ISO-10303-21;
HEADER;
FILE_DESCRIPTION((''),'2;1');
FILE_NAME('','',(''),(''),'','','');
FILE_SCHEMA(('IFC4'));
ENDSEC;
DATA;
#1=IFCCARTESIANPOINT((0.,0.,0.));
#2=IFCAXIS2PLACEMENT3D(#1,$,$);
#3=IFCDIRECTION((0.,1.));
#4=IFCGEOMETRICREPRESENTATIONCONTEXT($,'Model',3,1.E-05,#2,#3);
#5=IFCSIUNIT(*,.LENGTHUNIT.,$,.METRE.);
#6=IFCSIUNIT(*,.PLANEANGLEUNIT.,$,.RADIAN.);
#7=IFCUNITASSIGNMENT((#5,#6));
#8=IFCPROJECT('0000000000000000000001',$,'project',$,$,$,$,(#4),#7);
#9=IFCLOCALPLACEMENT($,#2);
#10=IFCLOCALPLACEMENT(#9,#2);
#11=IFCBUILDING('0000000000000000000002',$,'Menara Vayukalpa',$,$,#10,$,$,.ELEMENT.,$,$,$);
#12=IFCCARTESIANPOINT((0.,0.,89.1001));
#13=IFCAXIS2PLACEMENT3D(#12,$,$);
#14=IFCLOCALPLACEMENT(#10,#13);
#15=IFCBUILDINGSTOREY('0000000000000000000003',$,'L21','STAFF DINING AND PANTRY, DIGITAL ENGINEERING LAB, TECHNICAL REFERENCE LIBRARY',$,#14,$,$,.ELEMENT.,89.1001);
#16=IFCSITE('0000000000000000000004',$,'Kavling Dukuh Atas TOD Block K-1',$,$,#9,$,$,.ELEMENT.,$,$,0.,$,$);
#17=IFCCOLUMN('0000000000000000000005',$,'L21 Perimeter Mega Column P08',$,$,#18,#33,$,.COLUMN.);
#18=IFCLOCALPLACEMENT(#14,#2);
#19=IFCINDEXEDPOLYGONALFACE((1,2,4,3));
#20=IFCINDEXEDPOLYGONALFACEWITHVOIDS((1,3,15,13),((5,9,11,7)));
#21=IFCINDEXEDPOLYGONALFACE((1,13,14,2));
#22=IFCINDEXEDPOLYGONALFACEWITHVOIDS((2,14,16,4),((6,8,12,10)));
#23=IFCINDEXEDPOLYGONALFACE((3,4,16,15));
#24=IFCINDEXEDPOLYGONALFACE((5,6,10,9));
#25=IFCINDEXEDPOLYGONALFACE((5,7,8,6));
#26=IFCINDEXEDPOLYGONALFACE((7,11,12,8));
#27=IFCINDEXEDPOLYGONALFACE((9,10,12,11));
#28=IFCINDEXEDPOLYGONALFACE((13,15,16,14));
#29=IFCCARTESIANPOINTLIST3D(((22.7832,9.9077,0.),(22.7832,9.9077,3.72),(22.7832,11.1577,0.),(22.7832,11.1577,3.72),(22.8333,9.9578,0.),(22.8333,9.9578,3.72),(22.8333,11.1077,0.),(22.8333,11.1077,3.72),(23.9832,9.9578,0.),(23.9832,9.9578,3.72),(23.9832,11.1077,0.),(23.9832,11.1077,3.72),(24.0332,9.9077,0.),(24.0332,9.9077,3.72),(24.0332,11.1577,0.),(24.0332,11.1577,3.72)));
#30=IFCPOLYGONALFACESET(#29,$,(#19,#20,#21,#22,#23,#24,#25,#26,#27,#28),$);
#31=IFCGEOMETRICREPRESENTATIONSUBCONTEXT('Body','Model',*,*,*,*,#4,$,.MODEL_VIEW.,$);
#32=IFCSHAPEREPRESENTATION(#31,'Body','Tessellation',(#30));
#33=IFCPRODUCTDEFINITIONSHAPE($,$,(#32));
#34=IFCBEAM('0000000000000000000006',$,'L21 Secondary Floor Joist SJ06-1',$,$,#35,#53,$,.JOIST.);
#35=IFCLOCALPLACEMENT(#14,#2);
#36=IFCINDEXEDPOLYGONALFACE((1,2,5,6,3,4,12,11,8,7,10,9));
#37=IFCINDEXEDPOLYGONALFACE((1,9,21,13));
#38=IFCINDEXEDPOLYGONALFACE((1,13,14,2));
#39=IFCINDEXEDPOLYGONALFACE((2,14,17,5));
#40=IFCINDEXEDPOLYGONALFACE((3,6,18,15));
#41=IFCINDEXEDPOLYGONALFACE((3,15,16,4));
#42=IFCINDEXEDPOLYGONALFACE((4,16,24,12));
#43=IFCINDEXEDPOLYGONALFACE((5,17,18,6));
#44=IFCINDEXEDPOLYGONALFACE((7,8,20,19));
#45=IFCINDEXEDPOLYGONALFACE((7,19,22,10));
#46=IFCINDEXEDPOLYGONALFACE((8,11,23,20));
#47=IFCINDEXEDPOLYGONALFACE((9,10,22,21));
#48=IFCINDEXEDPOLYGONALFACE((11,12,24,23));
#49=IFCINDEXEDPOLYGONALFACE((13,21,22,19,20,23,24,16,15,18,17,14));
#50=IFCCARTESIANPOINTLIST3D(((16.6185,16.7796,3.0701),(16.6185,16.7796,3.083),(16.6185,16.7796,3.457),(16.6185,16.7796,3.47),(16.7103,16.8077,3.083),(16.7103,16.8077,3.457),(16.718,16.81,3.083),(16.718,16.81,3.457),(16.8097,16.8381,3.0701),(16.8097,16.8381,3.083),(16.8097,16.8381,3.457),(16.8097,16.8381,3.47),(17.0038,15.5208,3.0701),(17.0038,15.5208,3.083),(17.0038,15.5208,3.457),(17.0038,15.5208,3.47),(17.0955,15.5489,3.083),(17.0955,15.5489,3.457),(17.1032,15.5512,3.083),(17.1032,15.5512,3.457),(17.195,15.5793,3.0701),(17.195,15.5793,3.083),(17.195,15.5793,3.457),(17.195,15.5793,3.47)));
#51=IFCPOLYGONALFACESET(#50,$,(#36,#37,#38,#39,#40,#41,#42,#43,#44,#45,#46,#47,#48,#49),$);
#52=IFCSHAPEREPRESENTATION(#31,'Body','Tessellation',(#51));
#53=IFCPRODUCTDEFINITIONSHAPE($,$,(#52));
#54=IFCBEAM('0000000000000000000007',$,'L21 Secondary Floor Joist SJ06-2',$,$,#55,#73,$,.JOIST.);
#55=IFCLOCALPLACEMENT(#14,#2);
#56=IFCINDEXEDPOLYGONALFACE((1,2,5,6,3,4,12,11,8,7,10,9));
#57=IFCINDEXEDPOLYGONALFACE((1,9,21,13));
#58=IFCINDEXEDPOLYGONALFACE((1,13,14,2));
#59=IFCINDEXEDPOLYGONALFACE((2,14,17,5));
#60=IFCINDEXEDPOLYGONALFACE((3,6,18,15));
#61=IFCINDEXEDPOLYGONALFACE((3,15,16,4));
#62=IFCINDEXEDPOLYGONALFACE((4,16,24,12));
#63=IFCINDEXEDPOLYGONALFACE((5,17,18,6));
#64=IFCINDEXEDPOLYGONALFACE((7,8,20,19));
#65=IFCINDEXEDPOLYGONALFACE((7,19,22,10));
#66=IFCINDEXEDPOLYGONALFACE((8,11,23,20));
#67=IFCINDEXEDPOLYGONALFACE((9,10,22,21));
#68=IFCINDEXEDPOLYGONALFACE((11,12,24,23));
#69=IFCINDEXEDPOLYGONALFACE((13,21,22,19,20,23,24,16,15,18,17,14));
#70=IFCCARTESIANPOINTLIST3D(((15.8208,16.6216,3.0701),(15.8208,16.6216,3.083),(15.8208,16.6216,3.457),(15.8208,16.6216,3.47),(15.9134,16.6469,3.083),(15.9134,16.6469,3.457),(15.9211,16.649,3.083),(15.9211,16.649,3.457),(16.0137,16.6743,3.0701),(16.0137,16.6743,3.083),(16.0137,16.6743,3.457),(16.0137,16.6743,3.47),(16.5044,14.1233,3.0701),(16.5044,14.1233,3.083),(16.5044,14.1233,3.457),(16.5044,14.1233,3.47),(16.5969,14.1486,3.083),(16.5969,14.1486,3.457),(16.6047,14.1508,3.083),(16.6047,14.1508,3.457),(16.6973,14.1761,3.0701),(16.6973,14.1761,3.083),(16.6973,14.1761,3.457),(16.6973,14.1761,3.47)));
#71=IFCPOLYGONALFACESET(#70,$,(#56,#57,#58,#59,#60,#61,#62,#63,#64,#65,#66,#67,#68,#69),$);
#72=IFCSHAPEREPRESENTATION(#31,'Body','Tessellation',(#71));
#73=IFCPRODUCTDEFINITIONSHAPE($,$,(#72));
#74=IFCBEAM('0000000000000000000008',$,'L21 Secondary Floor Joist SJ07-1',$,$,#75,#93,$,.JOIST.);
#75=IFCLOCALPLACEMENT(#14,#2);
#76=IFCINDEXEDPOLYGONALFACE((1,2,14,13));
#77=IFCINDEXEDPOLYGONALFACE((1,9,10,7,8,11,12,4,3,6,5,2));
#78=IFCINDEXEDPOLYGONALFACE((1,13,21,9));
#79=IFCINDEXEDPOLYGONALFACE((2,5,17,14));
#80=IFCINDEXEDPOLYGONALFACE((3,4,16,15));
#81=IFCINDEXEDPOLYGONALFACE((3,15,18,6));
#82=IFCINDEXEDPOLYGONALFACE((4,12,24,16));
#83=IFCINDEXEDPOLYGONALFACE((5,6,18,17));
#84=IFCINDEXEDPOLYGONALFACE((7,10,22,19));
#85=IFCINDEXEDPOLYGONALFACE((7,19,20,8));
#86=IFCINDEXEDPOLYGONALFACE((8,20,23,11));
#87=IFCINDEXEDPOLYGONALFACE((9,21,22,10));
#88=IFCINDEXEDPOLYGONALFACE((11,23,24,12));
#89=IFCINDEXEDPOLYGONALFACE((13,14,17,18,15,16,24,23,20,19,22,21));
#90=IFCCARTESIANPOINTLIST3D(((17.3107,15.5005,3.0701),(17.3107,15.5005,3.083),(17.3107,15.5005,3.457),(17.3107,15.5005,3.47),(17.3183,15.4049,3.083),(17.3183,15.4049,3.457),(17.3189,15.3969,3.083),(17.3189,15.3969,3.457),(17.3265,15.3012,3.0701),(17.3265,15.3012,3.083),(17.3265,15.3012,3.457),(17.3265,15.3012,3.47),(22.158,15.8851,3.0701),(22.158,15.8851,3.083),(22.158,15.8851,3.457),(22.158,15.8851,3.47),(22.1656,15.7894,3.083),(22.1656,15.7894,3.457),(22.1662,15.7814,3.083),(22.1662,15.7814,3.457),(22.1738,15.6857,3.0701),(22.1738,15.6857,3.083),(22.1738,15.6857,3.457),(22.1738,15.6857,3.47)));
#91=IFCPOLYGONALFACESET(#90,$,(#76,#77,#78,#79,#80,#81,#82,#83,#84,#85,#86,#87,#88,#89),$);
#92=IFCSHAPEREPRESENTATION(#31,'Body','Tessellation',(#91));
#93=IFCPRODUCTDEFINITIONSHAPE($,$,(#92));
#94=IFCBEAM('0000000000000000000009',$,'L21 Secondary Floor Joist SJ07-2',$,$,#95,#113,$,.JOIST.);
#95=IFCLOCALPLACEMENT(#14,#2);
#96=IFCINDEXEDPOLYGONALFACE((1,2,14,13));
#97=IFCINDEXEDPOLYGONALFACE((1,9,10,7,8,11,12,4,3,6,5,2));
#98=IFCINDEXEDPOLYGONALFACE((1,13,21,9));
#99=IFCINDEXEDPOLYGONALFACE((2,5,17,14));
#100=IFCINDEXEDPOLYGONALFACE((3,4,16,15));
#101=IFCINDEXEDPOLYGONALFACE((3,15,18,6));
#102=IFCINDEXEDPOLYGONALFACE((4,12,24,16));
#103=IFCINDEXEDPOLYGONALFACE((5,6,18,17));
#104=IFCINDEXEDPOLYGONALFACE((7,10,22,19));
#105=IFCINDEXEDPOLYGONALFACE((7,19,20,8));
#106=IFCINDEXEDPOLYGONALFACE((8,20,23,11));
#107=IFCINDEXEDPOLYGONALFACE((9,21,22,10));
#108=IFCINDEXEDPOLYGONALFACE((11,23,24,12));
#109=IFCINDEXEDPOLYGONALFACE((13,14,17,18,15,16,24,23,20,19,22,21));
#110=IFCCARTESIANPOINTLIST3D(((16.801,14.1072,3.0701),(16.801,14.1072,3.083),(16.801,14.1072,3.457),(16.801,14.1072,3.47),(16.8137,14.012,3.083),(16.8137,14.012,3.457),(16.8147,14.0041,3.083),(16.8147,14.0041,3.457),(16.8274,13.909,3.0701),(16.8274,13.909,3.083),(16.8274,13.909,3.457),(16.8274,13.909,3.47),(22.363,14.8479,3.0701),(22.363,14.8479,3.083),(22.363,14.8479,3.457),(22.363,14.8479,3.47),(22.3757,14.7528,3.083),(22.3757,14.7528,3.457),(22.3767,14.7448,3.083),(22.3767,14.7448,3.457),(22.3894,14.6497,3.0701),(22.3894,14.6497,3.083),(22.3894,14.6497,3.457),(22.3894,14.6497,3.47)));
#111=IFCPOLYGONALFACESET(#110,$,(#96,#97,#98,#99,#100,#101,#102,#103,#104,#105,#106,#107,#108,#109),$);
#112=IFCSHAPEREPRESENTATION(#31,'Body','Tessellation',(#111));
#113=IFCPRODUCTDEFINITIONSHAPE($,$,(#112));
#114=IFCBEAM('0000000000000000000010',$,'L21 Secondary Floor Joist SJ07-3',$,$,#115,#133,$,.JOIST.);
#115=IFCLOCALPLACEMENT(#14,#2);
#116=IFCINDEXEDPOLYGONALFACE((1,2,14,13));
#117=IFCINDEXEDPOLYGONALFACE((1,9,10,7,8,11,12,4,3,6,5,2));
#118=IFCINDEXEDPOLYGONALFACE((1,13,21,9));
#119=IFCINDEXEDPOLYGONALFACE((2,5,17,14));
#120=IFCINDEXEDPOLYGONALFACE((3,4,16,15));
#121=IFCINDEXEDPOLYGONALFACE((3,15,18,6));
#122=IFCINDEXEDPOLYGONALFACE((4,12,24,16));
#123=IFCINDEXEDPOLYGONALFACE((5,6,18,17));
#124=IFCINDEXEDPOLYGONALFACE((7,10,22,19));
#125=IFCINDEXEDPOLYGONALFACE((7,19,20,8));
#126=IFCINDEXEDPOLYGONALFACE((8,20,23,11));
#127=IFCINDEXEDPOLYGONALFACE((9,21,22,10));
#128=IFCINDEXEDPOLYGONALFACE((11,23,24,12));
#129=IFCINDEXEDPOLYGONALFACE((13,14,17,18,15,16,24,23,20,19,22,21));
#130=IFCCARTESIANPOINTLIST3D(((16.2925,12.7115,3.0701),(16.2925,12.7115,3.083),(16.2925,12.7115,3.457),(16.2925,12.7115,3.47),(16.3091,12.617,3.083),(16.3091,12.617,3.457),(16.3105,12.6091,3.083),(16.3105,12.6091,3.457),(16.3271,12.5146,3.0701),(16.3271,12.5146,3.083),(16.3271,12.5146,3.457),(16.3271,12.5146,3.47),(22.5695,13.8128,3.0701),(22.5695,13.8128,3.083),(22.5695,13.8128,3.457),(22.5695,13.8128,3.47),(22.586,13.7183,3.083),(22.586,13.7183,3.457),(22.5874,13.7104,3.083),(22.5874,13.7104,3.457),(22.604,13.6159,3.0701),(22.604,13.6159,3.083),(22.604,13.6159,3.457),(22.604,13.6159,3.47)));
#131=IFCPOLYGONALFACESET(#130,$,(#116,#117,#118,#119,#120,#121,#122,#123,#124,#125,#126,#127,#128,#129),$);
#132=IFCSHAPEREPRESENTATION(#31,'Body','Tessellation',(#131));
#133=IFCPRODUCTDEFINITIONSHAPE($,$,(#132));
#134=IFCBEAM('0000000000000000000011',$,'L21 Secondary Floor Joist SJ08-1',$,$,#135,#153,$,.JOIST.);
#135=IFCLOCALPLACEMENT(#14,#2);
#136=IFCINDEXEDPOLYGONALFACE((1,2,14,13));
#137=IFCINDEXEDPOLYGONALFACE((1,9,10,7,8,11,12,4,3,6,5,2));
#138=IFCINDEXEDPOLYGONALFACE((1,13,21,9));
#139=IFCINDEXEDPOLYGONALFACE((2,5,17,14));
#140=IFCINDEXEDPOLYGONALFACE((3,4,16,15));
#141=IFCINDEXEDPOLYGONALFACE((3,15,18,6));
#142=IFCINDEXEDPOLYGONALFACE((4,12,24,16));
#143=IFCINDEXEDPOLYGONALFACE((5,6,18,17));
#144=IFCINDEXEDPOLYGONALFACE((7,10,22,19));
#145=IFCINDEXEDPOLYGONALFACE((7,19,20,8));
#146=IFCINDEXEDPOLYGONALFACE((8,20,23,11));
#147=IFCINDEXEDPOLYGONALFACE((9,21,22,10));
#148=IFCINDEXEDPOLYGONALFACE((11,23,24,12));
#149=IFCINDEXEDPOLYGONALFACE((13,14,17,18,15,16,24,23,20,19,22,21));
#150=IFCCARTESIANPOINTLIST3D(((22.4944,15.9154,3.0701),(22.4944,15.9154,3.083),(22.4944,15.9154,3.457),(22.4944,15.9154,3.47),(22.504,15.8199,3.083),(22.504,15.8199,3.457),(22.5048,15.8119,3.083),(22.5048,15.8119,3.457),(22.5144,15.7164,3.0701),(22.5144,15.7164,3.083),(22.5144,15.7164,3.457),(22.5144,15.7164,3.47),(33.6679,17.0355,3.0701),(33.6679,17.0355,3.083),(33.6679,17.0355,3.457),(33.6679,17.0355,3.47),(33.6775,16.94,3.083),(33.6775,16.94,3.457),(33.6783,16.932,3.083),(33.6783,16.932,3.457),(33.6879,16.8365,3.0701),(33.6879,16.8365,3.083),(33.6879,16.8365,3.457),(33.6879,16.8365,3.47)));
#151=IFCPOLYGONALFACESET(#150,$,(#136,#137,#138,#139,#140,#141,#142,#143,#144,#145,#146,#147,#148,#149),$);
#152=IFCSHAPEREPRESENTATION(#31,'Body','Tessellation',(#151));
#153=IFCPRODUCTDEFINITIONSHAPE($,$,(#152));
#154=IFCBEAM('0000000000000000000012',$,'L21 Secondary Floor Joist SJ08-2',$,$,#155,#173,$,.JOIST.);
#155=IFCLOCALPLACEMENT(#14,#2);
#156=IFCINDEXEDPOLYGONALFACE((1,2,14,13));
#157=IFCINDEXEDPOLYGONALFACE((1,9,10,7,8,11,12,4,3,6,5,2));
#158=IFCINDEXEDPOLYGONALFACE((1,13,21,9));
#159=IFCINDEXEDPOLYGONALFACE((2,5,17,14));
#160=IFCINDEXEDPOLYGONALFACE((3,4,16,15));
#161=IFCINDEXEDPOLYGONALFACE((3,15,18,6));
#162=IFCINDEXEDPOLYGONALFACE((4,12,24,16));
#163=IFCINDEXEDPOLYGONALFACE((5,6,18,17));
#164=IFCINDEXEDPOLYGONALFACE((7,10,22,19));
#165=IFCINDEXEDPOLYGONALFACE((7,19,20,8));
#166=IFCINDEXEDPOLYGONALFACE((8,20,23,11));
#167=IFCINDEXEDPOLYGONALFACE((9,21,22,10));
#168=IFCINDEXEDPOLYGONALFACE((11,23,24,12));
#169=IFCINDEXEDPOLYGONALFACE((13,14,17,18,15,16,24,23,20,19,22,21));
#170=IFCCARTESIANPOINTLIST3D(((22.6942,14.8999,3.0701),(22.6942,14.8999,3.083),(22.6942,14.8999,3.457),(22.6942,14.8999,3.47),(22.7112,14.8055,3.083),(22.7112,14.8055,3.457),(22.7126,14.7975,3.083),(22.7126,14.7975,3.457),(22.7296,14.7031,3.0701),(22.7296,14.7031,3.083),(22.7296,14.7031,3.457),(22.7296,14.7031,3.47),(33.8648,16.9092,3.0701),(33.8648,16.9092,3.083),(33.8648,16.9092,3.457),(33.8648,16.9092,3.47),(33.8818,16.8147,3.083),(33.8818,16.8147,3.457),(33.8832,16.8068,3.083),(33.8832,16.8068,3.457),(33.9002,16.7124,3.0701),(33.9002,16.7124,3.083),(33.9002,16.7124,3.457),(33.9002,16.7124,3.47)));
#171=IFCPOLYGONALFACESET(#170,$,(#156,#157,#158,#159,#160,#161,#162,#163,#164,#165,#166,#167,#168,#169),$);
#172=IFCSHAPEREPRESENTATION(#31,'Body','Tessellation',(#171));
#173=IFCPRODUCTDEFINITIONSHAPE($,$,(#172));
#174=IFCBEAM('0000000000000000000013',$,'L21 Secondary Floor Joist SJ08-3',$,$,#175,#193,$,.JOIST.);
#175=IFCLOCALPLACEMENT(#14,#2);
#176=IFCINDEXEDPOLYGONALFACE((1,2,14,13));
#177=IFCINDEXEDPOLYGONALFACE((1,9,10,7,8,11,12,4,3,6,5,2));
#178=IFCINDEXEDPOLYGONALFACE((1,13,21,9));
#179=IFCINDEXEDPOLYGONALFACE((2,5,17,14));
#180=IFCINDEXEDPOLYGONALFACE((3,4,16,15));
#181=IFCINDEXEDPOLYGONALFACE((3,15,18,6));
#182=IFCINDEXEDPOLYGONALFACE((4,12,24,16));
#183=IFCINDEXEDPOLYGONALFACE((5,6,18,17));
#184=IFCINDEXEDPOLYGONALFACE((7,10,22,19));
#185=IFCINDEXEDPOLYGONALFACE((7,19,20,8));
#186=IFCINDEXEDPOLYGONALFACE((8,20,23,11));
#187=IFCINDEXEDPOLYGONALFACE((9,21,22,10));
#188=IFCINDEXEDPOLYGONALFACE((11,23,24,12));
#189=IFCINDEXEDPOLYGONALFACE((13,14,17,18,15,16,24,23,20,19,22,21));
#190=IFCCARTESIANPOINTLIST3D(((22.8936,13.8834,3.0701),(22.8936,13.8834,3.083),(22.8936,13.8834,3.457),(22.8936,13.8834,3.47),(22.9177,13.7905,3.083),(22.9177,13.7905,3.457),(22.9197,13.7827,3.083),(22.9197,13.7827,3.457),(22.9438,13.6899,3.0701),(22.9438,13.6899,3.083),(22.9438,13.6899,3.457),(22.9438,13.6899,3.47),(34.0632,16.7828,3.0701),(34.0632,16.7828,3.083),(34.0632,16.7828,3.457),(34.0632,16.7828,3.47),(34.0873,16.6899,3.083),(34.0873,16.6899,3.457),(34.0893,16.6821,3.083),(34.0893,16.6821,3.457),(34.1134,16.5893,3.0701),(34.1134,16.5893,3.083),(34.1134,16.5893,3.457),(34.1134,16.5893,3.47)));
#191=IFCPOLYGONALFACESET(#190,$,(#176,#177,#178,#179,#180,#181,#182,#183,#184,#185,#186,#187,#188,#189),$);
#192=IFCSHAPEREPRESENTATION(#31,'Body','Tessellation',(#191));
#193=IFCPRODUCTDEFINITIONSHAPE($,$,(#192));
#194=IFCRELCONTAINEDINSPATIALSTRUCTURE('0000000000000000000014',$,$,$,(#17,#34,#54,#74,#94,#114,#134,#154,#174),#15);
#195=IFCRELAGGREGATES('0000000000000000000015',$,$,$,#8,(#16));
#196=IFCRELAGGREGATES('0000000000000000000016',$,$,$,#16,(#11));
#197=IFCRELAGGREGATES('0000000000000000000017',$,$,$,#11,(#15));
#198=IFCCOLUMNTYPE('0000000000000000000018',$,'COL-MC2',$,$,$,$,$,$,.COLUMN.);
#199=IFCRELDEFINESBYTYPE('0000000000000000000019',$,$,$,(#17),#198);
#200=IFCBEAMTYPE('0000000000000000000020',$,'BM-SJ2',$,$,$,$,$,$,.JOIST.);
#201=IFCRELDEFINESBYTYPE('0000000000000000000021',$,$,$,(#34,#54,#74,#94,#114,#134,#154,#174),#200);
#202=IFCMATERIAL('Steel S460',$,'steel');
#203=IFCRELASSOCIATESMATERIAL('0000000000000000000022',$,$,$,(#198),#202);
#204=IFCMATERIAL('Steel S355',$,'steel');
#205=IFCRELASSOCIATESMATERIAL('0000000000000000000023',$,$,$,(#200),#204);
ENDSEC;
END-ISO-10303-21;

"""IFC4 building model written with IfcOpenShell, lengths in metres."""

from ifc_helpers import new_model, si_unit, direction, frame, origin, origin_2d, place, context, subcontext, project, spatial, hollow_rectangle, i_section, extrude, material, material_profile, profile_set, type_object, element, save


model = new_model("IFC4")

# Units and contexts
model_context = context("Model", 3, precision=1e-05, world=origin(), true_north=direction((0.0, 1.0)))
body_context = subcontext(model_context, "Body", "Model", "MODEL_VIEW")
ifc_project = project(units=[si_unit("LENGTHUNIT", "METRE"), si_unit("PLANEANGLEUNIT", "RADIAN")], contexts=[model_context])

# Site, building, storey
site_placement = place(None, origin())
site = spatial("IfcSite", under=ifc_project, at=site_placement, Name="Kavling Dukuh Atas TOD Block K-1", CompositionType="ELEMENT", RefElevation=0.0)
building_placement = place(site_placement, origin())
building = spatial("IfcBuilding", under=site, at=building_placement, Name="Menara Vayukalpa", CompositionType="ELEMENT")
storey_placement = place(building_placement, frame((0.0, 0.0, 89.1001)))
storey = spatial("IfcBuildingStorey", under=building, at=storey_placement, Name="L21", Description="STAFF DINING AND PANTRY, DIGITAL ENGINEERING LAB, TECHNICAL REFERENCE LIBRARY", CompositionType="ELEMENT", Elevation=89.1001)

# Column
ifc_material_1 = material(Name="Steel S460", Category="steel")
ifc_material_profile_1 = material_profile(ifc_material_1, hollow_rectangle(XDim=1.25, YDim=1.25, WallThickness=0.05, at=origin_2d()), Name="BOX 1250x1250x50")
ifc_profile_set_1 = profile_set([ifc_material_profile_1], Name="Steel S460")
column_type = type_object("IfcColumnType", Name="COL-MC2", PredefinedType="COLUMN", material=ifc_profile_set_1)
column_placement = place(storey_placement, frame((23.4082, 10.5327, 0.0), z_axis=(0.0, 0.0, 1.0), x_axis=(1.0, 0.0, 0.0)))
element("IfcColumn", 1, at=column_placement, inside=storey, type_object=column_type, Name="L21 Perimeter Mega Column P08", PredefinedType="COLUMN", context=body_context, shape_type="SweptSolid", body=[
    extrude(hollow_rectangle(XDim=1.25, YDim=1.25, WallThickness=0.05, at=origin_2d()), origin(), (0.0, 0.0, 1.0), 3.72),
])

# Beams
ifc_material_2 = material(Name="Steel S355", Category="steel")
ifc_material_profile_2 = material_profile(ifc_material_2, i_section(OverallWidth=0.2, OverallDepth=0.3999, WebThickness=0.0081, FlangeThickness=0.0129, at=origin_2d()), Name="WF 400x200x8x13")
ifc_profile_set_2 = profile_set([ifc_material_profile_2], Name="Steel S355")
beam_type_1 = type_object("IfcBeamType", Name="BM-SJ2", PredefinedType="JOIST", material=ifc_profile_set_2)
beam_1_placement = place(storey_placement, frame((16.7141, 16.8088, 3.27), z_axis=(0.292652, -0.956219, 0.0), x_axis=(0.956219, 0.292652, 0.0)))
element("IfcBeam", 2, at=beam_1_placement, inside=storey, type_object=beam_type_1, Name="L21 Secondary Floor Joist SJ06-1", PredefinedType="JOIST", context=body_context, shape_type="SweptSolid", body=[
    extrude(i_section(OverallWidth=0.2, OverallDepth=0.3999, WebThickness=0.0081, FlangeThickness=0.0129, at=origin_2d()), origin(), (0.0, 0.0, 1.0), 1.3164),
])
beam_2_placement = place(storey_placement, frame((15.9172, 16.6479, 3.27), z_axis=(0.263923, -0.964544, 0.0), x_axis=(0.964544, 0.263923, 0.0)))
element("IfcBeam", 3, at=beam_2_placement, inside=storey, type_object=beam_type_1, Name="L21 Secondary Floor Joist SJ06-2", PredefinedType="JOIST", context=body_context, shape_type="SweptSolid", body=[
    extrude(i_section(OverallWidth=0.2, OverallDepth=0.3999, WebThickness=0.0081, FlangeThickness=0.0129, at=origin_2d()), origin(), (0.0, 0.0, 1.0), 2.5901),
])
beam_3_placement = place(storey_placement, frame((17.3186, 15.4009, 3.27), z_axis=(0.996869, 0.079077, 0.0), x_axis=(-0.079077, 0.996869, 0.0)))
element("IfcBeam", 4, at=beam_3_placement, inside=storey, type_object=beam_type_1, Name="L21 Secondary Floor Joist SJ07-1", PredefinedType="JOIST", context=body_context, shape_type="SweptSolid", body=[
    extrude(i_section(OverallWidth=0.2, OverallDepth=0.3999, WebThickness=0.0081, FlangeThickness=0.0129, at=origin_2d()), origin(), (0.0, 0.0, 1.0), 4.8625),
])
beam_4_placement = place(storey_placement, frame((16.8142, 14.0081, 3.27), z_axis=(0.991248, 0.13201, 0.0), x_axis=(-0.13201, 0.991248, 0.0)))
element("IfcBeam", 5, at=beam_4_placement, inside=storey, type_object=beam_type_1, Name="L21 Secondary Floor Joist SJ07-2", PredefinedType="JOIST", context=body_context, shape_type="SweptSolid", body=[
    extrude(i_section(OverallWidth=0.2, OverallDepth=0.3999, WebThickness=0.0081, FlangeThickness=0.0129, at=origin_2d()), origin(), (0.0, 0.0, 1.0), 5.6111),
])
beam_5_placement = place(storey_placement, frame((16.3098, 12.613, 3.27), z_axis=(0.984954, 0.172817, 0.0), x_axis=(-0.172817, 0.984954, 0.0)))
element("IfcBeam", 6, at=beam_5_placement, inside=storey, type_object=beam_type_1, Name="L21 Secondary Floor Joist SJ07-3", PredefinedType="JOIST", context=body_context, shape_type="SweptSolid", body=[
    extrude(i_section(OverallWidth=0.2, OverallDepth=0.3999, WebThickness=0.0081, FlangeThickness=0.0129, at=origin_2d()), origin(), (0.0, 0.0, 1.0), 6.3728),
])
beam_6_placement = place(storey_placement, frame((22.5044, 15.8159, 3.27), z_axis=(0.995013, 0.099747, 0.0), x_axis=(-0.099747, 0.995013, 0.0)))
element("IfcBeam", 7, at=beam_6_placement, inside=storey, type_object=beam_type_1, Name="L21 Secondary Floor Joist SJ08-1", PredefinedType="JOIST", context=body_context, shape_type="SweptSolid", body=[
    extrude(i_section(OverallWidth=0.2, OverallDepth=0.3999, WebThickness=0.0081, FlangeThickness=0.0129, at=origin_2d()), origin(), (0.0, 0.0, 1.0), 11.2295),
])
beam_7_placement = place(storey_placement, frame((22.7119, 14.8015, 3.27), z_axis=(0.984205, 0.17703, 0.0), x_axis=(-0.17703, 0.984205, 0.0)))
element("IfcBeam", 8, at=beam_7_placement, inside=storey, type_object=beam_type_1, Name="L21 Secondary Floor Joist SJ08-2", PredefinedType="JOIST", context=body_context, shape_type="SweptSolid", body=[
    extrude(i_section(OverallWidth=0.2, OverallDepth=0.3999, WebThickness=0.0081, FlangeThickness=0.0129, at=origin_2d()), origin(), (0.0, 0.0, 1.0), 11.3499),
])
beam_8_placement = place(storey_placement, frame((22.9187, 13.7866, 3.27), z_axis=(0.967922, 0.251252, 0.0), x_axis=(-0.251252, 0.967922, 0.0)))
element("IfcBeam", 9, at=beam_8_placement, inside=storey, type_object=beam_type_1, Name="L21 Secondary Floor Joist SJ08-3", PredefinedType="JOIST", context=body_context, shape_type="SweptSolid", body=[
    extrude(i_section(OverallWidth=0.2, OverallDepth=0.3999, WebThickness=0.0081, FlangeThickness=0.0129, at=origin_2d()), origin(), (0.0, 0.0, 1.0), 11.5398),
])

save(model, "model.ifc")
